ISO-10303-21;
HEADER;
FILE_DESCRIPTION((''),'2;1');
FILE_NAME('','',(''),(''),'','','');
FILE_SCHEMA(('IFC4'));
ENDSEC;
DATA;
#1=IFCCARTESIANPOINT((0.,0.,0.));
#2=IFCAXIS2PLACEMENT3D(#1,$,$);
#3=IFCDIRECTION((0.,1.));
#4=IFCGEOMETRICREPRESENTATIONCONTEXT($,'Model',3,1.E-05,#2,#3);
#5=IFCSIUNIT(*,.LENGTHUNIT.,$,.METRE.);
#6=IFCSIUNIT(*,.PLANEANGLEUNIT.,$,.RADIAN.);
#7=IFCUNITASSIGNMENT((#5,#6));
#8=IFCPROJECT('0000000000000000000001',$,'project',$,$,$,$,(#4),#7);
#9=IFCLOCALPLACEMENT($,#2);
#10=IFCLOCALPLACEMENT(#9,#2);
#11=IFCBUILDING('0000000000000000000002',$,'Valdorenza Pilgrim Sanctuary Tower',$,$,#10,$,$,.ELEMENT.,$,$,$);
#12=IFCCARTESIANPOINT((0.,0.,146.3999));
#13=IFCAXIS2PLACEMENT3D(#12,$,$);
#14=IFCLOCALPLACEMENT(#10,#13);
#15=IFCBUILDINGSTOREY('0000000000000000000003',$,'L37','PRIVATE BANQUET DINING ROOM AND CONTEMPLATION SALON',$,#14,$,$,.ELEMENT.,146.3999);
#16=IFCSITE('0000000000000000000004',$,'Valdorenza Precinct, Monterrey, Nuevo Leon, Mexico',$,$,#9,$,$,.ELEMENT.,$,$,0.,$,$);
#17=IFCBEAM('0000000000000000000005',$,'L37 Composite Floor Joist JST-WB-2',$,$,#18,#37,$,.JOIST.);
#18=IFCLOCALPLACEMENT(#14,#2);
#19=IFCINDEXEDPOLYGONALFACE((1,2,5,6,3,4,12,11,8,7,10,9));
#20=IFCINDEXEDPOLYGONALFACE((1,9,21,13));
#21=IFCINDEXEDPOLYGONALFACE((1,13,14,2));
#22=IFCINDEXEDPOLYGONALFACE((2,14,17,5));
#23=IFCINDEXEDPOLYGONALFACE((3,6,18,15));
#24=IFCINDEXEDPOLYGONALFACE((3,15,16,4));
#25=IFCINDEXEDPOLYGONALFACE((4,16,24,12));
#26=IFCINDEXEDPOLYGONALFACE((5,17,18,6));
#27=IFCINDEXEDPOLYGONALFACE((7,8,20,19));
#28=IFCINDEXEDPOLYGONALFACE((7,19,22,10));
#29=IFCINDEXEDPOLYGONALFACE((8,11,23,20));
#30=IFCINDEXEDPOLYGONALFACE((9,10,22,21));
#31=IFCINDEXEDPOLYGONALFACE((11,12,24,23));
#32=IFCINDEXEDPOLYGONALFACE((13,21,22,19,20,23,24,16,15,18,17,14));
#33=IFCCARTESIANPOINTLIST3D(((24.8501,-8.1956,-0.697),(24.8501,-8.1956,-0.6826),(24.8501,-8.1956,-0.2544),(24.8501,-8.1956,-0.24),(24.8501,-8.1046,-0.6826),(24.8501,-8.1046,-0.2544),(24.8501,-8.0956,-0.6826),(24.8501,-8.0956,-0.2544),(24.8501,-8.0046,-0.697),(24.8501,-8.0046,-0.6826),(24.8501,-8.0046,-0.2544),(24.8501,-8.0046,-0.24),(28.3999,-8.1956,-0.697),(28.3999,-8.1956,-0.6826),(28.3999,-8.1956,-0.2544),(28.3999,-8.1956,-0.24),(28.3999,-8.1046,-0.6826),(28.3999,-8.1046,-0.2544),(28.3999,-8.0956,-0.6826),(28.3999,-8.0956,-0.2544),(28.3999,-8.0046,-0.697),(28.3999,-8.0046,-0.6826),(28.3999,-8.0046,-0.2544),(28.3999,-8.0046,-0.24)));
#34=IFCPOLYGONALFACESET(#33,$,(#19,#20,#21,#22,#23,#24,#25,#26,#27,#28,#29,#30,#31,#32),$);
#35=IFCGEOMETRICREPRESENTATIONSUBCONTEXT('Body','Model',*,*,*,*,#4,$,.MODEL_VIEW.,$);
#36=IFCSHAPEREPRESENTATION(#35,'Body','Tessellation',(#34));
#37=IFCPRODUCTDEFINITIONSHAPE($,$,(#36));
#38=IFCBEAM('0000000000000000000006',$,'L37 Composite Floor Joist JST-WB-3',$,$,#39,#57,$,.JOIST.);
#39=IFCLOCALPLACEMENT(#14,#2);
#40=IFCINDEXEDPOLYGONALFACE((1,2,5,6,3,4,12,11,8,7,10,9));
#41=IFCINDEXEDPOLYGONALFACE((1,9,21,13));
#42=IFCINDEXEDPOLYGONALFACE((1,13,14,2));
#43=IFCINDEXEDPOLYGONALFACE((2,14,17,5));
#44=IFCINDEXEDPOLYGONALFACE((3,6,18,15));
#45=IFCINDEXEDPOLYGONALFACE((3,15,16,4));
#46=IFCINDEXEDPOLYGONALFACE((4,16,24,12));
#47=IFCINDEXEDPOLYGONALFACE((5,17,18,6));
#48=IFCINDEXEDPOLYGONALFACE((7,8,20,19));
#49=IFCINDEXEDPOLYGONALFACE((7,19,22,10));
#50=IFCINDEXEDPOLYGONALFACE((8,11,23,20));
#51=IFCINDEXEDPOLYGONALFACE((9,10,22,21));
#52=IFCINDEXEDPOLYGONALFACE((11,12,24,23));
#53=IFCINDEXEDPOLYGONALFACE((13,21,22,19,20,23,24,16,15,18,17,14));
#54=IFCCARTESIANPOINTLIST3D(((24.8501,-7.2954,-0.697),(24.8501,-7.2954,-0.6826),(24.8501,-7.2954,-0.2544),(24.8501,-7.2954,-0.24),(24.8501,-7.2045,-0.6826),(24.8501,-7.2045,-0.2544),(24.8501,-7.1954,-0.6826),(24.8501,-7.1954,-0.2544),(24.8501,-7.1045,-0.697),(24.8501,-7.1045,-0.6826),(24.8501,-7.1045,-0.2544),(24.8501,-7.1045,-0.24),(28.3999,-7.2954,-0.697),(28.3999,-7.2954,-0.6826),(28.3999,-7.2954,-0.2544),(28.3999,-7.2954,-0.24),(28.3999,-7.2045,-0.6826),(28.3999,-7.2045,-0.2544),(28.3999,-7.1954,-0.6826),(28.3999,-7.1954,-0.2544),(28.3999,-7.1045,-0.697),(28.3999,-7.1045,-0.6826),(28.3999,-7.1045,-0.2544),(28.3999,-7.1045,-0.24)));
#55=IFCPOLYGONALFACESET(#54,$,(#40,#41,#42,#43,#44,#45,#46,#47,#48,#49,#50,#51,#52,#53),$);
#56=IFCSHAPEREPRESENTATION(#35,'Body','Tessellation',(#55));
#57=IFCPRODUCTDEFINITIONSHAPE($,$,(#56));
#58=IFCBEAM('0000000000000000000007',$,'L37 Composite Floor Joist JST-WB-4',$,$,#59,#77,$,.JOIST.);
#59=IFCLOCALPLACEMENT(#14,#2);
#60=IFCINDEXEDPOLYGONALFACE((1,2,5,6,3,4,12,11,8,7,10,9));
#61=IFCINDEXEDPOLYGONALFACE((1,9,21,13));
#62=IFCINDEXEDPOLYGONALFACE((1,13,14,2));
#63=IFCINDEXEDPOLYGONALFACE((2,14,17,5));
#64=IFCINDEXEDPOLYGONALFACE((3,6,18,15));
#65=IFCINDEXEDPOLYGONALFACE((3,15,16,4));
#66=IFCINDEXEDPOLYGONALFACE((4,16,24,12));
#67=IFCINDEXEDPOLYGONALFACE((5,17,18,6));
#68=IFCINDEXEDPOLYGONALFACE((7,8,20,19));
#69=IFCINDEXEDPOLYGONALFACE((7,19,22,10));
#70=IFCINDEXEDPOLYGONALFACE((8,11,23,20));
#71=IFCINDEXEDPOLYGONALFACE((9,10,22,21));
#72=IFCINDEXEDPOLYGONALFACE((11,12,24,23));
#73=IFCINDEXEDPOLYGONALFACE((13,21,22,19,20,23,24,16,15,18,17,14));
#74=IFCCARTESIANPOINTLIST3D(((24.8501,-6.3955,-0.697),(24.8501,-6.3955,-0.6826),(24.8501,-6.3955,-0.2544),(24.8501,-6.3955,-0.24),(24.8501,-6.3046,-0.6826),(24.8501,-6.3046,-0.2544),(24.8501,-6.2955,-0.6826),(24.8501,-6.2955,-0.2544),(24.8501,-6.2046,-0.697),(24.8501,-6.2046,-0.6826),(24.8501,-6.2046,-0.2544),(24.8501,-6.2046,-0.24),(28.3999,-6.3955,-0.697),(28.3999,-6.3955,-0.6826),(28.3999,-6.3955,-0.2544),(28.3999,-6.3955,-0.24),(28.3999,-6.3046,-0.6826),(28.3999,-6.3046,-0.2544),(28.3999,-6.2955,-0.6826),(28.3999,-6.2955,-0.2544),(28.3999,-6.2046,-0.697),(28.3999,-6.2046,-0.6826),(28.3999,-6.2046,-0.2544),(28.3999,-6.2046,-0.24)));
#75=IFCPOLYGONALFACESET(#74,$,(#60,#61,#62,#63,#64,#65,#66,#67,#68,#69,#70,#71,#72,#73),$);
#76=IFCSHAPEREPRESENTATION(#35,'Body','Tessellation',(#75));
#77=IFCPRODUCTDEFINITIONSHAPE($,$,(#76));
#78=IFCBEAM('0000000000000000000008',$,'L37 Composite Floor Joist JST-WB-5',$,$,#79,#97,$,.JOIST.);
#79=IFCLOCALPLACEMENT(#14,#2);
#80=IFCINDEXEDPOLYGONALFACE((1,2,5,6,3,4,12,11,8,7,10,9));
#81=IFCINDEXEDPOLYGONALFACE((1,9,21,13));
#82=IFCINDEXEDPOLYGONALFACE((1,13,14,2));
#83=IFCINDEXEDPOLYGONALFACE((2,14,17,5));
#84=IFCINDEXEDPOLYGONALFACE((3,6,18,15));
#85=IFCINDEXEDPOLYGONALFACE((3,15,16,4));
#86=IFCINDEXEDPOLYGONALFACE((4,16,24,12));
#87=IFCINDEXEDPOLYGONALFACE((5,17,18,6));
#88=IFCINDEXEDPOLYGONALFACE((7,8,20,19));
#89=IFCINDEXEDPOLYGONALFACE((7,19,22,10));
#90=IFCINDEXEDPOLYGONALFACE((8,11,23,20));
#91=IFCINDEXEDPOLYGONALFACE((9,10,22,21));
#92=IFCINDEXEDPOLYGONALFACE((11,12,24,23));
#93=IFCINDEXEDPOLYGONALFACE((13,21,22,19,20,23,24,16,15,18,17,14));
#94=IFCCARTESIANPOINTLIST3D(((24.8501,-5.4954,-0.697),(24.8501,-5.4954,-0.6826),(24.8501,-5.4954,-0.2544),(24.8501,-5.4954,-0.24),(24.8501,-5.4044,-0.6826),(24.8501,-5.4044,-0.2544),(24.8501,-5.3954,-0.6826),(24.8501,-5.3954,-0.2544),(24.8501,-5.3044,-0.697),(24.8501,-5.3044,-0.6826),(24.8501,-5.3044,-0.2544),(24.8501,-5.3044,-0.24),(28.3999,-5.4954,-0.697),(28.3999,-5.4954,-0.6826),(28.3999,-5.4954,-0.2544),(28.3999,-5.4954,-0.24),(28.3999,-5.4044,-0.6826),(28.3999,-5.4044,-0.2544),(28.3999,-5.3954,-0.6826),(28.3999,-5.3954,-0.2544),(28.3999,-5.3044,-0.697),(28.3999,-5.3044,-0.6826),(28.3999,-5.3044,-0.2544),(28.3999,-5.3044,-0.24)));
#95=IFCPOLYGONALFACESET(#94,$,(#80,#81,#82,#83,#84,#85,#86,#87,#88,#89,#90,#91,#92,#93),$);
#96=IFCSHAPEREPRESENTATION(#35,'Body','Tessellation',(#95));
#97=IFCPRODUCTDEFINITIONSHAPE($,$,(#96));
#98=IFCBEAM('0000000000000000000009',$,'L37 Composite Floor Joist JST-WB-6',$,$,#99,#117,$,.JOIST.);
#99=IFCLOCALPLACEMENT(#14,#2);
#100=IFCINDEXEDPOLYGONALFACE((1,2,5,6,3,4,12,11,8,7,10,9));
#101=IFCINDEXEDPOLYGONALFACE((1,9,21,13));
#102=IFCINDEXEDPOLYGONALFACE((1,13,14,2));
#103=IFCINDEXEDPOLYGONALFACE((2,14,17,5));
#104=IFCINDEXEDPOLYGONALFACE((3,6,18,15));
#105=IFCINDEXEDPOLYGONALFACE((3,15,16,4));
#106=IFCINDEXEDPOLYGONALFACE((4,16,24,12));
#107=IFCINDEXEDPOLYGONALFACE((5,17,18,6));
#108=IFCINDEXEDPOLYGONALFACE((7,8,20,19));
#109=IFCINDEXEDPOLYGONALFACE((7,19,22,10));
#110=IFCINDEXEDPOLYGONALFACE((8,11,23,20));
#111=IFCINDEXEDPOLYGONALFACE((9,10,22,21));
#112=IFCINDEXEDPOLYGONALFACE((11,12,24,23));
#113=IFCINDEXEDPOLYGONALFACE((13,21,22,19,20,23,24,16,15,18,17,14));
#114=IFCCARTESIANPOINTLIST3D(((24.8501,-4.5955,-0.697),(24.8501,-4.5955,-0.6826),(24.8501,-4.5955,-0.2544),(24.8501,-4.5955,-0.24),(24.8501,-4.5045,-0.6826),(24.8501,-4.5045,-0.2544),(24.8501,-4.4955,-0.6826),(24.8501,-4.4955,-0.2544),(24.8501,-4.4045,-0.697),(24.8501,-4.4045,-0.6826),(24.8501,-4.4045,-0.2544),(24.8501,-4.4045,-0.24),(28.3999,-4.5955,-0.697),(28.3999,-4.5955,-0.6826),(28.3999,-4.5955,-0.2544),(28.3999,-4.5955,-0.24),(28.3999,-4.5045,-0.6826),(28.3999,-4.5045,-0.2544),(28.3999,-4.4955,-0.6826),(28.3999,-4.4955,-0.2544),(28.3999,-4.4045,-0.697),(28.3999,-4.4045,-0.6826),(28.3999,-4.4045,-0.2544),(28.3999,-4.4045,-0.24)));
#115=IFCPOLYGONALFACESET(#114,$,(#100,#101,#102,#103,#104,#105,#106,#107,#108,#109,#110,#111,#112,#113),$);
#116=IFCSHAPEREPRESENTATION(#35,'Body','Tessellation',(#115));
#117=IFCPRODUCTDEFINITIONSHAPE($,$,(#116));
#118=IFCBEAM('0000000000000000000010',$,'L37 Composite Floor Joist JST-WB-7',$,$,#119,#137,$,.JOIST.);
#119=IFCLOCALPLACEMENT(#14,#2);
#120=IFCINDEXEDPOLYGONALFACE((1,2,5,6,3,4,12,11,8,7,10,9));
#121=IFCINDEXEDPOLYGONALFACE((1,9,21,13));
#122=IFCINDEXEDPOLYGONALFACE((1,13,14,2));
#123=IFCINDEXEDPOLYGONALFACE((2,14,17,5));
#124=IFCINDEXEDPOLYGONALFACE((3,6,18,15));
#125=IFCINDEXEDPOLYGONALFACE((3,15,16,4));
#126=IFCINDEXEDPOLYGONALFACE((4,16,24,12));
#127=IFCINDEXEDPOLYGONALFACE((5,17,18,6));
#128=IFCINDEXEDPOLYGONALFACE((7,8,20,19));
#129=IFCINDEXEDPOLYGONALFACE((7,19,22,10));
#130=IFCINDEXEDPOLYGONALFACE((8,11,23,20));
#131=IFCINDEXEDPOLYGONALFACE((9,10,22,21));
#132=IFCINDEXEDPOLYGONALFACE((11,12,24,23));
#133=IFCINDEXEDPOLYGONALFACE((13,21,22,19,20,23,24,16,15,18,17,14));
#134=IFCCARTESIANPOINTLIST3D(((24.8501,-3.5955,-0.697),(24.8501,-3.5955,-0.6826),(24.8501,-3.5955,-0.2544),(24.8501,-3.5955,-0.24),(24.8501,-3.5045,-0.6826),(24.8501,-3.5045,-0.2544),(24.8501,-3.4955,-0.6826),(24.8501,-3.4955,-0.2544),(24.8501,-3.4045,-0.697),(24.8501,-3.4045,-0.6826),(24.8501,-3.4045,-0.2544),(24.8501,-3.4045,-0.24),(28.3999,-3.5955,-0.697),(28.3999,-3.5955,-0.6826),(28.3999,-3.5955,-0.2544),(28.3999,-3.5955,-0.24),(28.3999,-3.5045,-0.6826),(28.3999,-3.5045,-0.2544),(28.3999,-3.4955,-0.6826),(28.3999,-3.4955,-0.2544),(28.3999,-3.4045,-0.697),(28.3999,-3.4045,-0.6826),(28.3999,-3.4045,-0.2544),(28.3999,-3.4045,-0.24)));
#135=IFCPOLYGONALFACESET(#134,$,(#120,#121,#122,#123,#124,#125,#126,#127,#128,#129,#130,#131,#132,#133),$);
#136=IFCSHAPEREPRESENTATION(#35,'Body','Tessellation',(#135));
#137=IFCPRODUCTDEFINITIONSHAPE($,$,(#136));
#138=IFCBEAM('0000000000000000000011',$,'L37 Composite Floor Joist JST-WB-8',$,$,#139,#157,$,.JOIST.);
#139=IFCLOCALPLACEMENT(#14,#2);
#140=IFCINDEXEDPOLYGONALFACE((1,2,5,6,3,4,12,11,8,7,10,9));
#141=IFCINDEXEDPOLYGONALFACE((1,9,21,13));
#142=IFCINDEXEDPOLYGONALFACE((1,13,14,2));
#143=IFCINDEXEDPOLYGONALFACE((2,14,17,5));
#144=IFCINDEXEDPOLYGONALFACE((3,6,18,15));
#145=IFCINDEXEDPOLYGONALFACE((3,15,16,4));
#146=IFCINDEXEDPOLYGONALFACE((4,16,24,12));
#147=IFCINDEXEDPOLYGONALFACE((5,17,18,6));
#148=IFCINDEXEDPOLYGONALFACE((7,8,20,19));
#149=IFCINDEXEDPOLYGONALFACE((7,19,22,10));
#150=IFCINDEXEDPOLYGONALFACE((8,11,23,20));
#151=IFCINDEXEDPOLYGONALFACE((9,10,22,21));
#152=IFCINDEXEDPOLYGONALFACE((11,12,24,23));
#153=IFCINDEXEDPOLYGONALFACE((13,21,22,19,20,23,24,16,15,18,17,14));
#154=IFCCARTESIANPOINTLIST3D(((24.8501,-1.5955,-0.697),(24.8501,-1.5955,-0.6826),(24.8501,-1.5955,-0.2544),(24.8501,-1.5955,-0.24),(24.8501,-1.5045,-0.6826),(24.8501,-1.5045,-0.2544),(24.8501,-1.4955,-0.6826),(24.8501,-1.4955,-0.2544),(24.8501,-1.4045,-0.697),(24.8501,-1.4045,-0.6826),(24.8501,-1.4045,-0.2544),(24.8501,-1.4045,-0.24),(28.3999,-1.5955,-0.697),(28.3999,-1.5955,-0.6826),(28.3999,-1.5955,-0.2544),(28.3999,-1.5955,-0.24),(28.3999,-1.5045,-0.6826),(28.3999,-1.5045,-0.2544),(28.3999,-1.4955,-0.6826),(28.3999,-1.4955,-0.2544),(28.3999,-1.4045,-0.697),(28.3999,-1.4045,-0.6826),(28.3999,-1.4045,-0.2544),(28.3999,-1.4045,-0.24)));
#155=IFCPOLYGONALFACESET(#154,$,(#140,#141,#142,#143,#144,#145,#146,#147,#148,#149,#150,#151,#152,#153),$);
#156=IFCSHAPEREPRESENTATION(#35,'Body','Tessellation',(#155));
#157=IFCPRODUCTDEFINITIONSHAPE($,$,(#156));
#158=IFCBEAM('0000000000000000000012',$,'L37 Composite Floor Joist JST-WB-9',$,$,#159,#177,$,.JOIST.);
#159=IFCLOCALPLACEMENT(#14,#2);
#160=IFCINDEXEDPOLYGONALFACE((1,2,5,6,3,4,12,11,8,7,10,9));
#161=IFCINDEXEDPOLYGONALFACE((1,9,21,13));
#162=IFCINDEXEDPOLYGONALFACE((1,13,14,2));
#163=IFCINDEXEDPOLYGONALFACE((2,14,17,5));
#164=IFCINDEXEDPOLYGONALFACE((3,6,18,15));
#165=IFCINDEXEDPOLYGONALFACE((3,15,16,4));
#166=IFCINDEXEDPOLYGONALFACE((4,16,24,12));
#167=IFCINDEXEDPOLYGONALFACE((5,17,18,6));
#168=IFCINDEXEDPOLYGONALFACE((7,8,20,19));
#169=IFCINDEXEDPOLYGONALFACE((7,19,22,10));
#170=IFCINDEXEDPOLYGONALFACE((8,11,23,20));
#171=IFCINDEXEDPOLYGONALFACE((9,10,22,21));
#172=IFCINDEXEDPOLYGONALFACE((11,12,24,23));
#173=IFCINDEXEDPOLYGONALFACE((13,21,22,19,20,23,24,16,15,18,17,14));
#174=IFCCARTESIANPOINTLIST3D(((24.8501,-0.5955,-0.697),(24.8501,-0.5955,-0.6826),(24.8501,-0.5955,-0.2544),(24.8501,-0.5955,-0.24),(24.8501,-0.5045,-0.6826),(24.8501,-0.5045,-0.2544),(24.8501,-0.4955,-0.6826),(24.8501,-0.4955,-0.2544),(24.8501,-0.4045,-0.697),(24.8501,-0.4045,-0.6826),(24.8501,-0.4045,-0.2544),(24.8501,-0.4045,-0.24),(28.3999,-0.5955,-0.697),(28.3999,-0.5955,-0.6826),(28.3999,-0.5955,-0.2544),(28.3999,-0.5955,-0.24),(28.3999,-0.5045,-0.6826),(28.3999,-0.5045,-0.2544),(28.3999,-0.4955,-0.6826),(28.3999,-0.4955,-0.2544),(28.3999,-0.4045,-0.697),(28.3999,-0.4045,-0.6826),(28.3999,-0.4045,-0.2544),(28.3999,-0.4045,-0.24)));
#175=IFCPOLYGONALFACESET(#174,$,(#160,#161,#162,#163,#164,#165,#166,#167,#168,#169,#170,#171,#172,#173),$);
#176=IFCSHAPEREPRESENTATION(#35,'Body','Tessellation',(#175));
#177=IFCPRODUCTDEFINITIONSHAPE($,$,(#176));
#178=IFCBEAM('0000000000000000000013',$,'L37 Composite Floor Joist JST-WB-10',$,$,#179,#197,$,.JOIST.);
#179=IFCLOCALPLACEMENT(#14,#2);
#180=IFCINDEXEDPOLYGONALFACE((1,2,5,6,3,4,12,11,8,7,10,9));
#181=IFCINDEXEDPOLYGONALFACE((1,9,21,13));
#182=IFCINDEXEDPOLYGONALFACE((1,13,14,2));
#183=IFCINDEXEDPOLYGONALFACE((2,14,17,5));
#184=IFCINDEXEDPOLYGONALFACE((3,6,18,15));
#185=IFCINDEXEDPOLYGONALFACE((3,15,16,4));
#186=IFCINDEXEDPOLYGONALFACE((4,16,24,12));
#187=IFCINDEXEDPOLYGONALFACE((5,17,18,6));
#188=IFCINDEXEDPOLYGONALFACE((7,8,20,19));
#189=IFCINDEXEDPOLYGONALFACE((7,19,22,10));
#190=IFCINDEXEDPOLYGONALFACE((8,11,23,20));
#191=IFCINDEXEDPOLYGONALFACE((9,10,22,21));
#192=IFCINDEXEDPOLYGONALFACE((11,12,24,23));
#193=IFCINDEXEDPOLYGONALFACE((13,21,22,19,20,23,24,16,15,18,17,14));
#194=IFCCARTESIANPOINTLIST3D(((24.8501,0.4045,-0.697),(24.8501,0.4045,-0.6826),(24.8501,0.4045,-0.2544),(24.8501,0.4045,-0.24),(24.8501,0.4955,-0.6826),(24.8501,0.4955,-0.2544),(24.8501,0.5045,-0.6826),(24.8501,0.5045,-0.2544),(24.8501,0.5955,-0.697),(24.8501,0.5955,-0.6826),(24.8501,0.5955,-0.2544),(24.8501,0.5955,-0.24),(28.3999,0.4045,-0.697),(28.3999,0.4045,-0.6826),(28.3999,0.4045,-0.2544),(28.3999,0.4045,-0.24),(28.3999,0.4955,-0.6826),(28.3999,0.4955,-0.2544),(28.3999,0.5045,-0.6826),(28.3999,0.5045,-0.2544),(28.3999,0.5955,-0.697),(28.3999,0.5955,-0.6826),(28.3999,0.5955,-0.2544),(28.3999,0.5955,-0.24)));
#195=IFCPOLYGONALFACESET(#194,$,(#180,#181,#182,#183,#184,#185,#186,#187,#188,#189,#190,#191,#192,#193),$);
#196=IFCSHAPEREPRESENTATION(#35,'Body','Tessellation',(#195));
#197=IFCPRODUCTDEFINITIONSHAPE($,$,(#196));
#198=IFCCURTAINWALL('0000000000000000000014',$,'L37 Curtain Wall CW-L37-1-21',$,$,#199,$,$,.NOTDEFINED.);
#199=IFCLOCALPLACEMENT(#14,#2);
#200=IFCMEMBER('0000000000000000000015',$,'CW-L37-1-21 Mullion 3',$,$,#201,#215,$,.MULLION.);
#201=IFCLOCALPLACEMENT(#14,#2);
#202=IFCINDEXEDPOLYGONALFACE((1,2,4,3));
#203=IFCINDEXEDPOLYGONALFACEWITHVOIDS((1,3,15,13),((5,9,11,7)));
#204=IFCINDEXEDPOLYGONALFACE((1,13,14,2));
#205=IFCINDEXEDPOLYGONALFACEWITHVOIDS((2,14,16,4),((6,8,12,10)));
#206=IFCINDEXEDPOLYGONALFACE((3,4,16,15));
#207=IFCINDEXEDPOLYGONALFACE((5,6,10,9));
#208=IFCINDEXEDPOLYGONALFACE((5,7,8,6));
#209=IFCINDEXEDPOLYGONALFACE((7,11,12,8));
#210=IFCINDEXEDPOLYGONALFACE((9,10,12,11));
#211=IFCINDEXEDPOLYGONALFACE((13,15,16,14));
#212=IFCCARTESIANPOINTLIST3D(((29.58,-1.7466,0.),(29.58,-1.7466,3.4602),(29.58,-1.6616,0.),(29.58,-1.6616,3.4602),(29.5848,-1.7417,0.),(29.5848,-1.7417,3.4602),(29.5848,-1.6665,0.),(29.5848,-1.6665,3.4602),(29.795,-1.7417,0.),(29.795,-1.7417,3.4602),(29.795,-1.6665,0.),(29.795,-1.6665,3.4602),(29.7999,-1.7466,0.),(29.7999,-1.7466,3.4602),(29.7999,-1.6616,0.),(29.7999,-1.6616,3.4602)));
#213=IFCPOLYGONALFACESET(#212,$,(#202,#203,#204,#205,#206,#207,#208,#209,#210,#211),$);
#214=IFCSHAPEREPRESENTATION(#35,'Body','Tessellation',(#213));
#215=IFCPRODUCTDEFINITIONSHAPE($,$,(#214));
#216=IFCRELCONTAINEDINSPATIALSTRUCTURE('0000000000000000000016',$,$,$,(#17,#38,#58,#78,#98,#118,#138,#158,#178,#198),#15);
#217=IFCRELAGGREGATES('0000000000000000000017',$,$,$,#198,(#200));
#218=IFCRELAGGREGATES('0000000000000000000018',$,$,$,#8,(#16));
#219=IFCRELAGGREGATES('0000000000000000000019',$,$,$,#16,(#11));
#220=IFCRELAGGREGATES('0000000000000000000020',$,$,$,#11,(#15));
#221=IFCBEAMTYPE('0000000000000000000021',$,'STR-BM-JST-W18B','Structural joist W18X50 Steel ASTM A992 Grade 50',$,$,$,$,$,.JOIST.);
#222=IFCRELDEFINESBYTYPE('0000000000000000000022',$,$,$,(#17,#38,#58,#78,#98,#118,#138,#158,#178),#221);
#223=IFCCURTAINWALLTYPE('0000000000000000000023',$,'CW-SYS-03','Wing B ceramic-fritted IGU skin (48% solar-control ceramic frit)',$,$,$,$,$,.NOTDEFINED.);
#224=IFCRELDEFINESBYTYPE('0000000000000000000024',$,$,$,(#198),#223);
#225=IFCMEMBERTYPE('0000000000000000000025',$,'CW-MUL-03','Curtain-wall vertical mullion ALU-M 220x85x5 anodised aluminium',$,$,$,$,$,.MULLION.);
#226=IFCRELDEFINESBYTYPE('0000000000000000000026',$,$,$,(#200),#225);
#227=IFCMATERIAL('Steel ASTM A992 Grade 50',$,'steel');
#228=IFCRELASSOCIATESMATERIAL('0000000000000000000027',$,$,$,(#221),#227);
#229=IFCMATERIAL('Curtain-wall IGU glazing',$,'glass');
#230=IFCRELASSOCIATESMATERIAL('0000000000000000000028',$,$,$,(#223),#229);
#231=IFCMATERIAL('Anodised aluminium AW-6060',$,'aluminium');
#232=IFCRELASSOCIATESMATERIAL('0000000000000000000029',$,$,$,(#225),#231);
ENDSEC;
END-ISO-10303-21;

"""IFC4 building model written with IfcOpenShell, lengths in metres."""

from ifc_helpers import new_model, si_unit, direction, frame, origin, origin_2d, place, context, subcontext, project, spatial, hollow_rectangle, i_section, extrude, source, transform, mapped, material, material_profile, profile_set, type_object, element, aggregate, save


model = new_model("IFC4")

# Units and contexts
model_context = context("Model", 3, precision=1e-05, world=origin(), true_north=direction((0.0, 1.0)))
body_context = subcontext(model_context, "Body", "Model", "MODEL_VIEW")
ifc_project = project(units=[si_unit("LENGTHUNIT", "METRE"), si_unit("PLANEANGLEUNIT", "RADIAN")], contexts=[model_context])

# Site, building, storey
site_placement = place(None, origin())
site = spatial("IfcSite", under=ifc_project, at=site_placement, Name="Valdorenza Precinct, Monterrey, Nuevo Leon, Mexico", CompositionType="ELEMENT", RefElevation=0.0)
building_placement = place(site_placement, origin())
building = spatial("IfcBuilding", under=site, at=building_placement, Name="Valdorenza Pilgrim Sanctuary Tower", CompositionType="ELEMENT")
storey_placement = place(building_placement, frame((0.0, 0.0, 146.3999)))
storey = spatial("IfcBuildingStorey", under=building, at=storey_placement, Name="L37", Description="PRIVATE BANQUET DINING ROOM AND CONTEMPLATION SALON", CompositionType="ELEMENT", Elevation=146.3999)

# Shared definitions
ifc_material_1 = material(Name="Steel ASTM A992 Grade 50", Category="steel")

# Beams
ifc_material_profile_1 = material_profile(ifc_material_1, i_section(OverallWidth=0.1909, OverallDepth=0.457, WebThickness=0.009, FlangeThickness=0.0144, at=origin_2d()), Name="W18X50")
ifc_profile_set_1 = profile_set([ifc_material_profile_1], Name="Steel ASTM A992 Grade 50")
beam_type_1 = type_object("IfcBeamType", Name="STR-BM-JST-W18B", Description="Structural joist W18X50 Steel ASTM A992 Grade 50", PredefinedType="JOIST", material=ifc_profile_set_1)
shared_shape_1 = source(origin(), body_context, "Body", "SweptSolid", [
    extrude(i_section(OverallWidth=0.1909, OverallDepth=0.457, WebThickness=0.009, FlangeThickness=0.0144, at=origin_2d()), origin(), (0.0, 0.0, 1.0), 3.5498),
])
for number, where, z_axis, x_axis, name in (
    (1, (24.8501, -8.1001, -0.4685), (1.0, 0.0, 0.0), (0.0, 1.0, 0.0), "L37 Composite Floor Joist JST-WB-2"),
    (2, (24.8501, -7.2, -0.4685), (1.0, 0.0, 0.0), (0.0, 1.0, 0.0), "L37 Composite Floor Joist JST-WB-3"),
    (3, (24.8501, -6.3, -0.4685), (1.0, 0.0, 0.0), (0.0, 1.0, 0.0), "L37 Composite Floor Joist JST-WB-4"),
    (4, (24.8501, -5.3999, -0.4685), (1.0, 0.0, 0.0), (0.0, 1.0, 0.0), "L37 Composite Floor Joist JST-WB-5"),
    (5, (24.8501, -4.5, -0.4685), (1.0, 0.0, 0.0), (0.0, 1.0, 0.0), "L37 Composite Floor Joist JST-WB-6"),
    (6, (24.8501, -3.5, -0.4685), (1.0, 0.0, 0.0), (0.0, 1.0, 0.0), "L37 Composite Floor Joist JST-WB-7"),
    (7, (24.8501, -1.5, -0.4685), (1.0, 0.0, 0.0), (0.0, 1.0, 0.0), "L37 Composite Floor Joist JST-WB-8"),
    (8, (24.8501, -0.5, -0.4685), (1.0, 0.0, 0.0), (0.0, 1.0, 0.0), "L37 Composite Floor Joist JST-WB-9"),
    (9, (24.8501, 0.5, -0.4685), (1.0, 0.0, 0.0), (0.0, 1.0, 0.0), "L37 Composite Floor Joist JST-WB-10"),
):
    element("IfcBeam", number, at=place(storey_placement, frame(where, z_axis=z_axis, x_axis=x_axis)), inside=storey, type_object=beam_type_1, Name=name, PredefinedType="JOIST", context=body_context, shape_type="MappedRepresentation", body=[
        mapped(shared_shape_1, transform((0.0, 0.0, 0.0), x_axis=(1.0, 0.0, 0.0), y_axis=(0.0, 1.0, 0.0), z_axis=(0.0, 0.0, 1.0), scale=1.0)),
    ])

# Curtain wall, member
ifc_material_2 = material(Name="Curtain-wall IGU glazing", Category="glass")
curtain_wall_type = type_object("IfcCurtainWallType", Name="CW-SYS-03", Description="Wing B ceramic-fritted IGU skin (48% solar-control ceramic frit)", PredefinedType="NOTDEFINED", material=ifc_material_2)
curtain_wall_1_placement = place(storey_placement, origin())
curtain_wall_1 = element("IfcCurtainWall", 10, at=curtain_wall_1_placement, inside=storey, type_object=curtain_wall_type, Name="L37 Curtain Wall CW-L37-1-21", PredefinedType="NOTDEFINED")
ifc_material_3 = material(Name="Anodised aluminium AW-6060", Category="aluminium")
ifc_material_profile_2 = material_profile(ifc_material_3, hollow_rectangle(XDim=0.085, YDim=0.22, WallThickness=0.0049, at=origin_2d()), Name="ALU-M 220x85x5")
ifc_profile_set_2 = profile_set([ifc_material_profile_2], Name="Anodised aluminium AW-6060")
member_type_1 = type_object("IfcMemberType", Name="CW-MUL-03", Description="Curtain-wall vertical mullion ALU-M 220x85x5 anodised aluminium", PredefinedType="MULLION", material=ifc_profile_set_2)
shared_shape_2 = source(origin(), body_context, "Body", "SweptSolid", [
    extrude(hollow_rectangle(XDim=0.085, YDim=0.22, WallThickness=0.0049, at=origin_2d()), origin(), (0.0, 0.0, 1.0), 3.4602),
])
member_1_placement = place(storey_placement, frame((29.6899, -1.7041, 0.0), z_axis=(0.0, 0.0, 1.0), x_axis=(0.0, -1.0, 0.0)))
member_1 = element("IfcMember", 11, at=member_1_placement, type_object=member_type_1, Name="CW-L37-1-21 Mullion 3", PredefinedType="MULLION", context=body_context, shape_type="MappedRepresentation", body=[
    mapped(shared_shape_2, transform((0.0, 0.0, 0.0), x_axis=(1.0, 0.0, 0.0), y_axis=(0.0, 1.0, 0.0), z_axis=(0.0, 0.0, 1.0), scale=1.0)),
])

aggregate(curtain_wall_1, [member_1])

save(model, "model.ifc")
